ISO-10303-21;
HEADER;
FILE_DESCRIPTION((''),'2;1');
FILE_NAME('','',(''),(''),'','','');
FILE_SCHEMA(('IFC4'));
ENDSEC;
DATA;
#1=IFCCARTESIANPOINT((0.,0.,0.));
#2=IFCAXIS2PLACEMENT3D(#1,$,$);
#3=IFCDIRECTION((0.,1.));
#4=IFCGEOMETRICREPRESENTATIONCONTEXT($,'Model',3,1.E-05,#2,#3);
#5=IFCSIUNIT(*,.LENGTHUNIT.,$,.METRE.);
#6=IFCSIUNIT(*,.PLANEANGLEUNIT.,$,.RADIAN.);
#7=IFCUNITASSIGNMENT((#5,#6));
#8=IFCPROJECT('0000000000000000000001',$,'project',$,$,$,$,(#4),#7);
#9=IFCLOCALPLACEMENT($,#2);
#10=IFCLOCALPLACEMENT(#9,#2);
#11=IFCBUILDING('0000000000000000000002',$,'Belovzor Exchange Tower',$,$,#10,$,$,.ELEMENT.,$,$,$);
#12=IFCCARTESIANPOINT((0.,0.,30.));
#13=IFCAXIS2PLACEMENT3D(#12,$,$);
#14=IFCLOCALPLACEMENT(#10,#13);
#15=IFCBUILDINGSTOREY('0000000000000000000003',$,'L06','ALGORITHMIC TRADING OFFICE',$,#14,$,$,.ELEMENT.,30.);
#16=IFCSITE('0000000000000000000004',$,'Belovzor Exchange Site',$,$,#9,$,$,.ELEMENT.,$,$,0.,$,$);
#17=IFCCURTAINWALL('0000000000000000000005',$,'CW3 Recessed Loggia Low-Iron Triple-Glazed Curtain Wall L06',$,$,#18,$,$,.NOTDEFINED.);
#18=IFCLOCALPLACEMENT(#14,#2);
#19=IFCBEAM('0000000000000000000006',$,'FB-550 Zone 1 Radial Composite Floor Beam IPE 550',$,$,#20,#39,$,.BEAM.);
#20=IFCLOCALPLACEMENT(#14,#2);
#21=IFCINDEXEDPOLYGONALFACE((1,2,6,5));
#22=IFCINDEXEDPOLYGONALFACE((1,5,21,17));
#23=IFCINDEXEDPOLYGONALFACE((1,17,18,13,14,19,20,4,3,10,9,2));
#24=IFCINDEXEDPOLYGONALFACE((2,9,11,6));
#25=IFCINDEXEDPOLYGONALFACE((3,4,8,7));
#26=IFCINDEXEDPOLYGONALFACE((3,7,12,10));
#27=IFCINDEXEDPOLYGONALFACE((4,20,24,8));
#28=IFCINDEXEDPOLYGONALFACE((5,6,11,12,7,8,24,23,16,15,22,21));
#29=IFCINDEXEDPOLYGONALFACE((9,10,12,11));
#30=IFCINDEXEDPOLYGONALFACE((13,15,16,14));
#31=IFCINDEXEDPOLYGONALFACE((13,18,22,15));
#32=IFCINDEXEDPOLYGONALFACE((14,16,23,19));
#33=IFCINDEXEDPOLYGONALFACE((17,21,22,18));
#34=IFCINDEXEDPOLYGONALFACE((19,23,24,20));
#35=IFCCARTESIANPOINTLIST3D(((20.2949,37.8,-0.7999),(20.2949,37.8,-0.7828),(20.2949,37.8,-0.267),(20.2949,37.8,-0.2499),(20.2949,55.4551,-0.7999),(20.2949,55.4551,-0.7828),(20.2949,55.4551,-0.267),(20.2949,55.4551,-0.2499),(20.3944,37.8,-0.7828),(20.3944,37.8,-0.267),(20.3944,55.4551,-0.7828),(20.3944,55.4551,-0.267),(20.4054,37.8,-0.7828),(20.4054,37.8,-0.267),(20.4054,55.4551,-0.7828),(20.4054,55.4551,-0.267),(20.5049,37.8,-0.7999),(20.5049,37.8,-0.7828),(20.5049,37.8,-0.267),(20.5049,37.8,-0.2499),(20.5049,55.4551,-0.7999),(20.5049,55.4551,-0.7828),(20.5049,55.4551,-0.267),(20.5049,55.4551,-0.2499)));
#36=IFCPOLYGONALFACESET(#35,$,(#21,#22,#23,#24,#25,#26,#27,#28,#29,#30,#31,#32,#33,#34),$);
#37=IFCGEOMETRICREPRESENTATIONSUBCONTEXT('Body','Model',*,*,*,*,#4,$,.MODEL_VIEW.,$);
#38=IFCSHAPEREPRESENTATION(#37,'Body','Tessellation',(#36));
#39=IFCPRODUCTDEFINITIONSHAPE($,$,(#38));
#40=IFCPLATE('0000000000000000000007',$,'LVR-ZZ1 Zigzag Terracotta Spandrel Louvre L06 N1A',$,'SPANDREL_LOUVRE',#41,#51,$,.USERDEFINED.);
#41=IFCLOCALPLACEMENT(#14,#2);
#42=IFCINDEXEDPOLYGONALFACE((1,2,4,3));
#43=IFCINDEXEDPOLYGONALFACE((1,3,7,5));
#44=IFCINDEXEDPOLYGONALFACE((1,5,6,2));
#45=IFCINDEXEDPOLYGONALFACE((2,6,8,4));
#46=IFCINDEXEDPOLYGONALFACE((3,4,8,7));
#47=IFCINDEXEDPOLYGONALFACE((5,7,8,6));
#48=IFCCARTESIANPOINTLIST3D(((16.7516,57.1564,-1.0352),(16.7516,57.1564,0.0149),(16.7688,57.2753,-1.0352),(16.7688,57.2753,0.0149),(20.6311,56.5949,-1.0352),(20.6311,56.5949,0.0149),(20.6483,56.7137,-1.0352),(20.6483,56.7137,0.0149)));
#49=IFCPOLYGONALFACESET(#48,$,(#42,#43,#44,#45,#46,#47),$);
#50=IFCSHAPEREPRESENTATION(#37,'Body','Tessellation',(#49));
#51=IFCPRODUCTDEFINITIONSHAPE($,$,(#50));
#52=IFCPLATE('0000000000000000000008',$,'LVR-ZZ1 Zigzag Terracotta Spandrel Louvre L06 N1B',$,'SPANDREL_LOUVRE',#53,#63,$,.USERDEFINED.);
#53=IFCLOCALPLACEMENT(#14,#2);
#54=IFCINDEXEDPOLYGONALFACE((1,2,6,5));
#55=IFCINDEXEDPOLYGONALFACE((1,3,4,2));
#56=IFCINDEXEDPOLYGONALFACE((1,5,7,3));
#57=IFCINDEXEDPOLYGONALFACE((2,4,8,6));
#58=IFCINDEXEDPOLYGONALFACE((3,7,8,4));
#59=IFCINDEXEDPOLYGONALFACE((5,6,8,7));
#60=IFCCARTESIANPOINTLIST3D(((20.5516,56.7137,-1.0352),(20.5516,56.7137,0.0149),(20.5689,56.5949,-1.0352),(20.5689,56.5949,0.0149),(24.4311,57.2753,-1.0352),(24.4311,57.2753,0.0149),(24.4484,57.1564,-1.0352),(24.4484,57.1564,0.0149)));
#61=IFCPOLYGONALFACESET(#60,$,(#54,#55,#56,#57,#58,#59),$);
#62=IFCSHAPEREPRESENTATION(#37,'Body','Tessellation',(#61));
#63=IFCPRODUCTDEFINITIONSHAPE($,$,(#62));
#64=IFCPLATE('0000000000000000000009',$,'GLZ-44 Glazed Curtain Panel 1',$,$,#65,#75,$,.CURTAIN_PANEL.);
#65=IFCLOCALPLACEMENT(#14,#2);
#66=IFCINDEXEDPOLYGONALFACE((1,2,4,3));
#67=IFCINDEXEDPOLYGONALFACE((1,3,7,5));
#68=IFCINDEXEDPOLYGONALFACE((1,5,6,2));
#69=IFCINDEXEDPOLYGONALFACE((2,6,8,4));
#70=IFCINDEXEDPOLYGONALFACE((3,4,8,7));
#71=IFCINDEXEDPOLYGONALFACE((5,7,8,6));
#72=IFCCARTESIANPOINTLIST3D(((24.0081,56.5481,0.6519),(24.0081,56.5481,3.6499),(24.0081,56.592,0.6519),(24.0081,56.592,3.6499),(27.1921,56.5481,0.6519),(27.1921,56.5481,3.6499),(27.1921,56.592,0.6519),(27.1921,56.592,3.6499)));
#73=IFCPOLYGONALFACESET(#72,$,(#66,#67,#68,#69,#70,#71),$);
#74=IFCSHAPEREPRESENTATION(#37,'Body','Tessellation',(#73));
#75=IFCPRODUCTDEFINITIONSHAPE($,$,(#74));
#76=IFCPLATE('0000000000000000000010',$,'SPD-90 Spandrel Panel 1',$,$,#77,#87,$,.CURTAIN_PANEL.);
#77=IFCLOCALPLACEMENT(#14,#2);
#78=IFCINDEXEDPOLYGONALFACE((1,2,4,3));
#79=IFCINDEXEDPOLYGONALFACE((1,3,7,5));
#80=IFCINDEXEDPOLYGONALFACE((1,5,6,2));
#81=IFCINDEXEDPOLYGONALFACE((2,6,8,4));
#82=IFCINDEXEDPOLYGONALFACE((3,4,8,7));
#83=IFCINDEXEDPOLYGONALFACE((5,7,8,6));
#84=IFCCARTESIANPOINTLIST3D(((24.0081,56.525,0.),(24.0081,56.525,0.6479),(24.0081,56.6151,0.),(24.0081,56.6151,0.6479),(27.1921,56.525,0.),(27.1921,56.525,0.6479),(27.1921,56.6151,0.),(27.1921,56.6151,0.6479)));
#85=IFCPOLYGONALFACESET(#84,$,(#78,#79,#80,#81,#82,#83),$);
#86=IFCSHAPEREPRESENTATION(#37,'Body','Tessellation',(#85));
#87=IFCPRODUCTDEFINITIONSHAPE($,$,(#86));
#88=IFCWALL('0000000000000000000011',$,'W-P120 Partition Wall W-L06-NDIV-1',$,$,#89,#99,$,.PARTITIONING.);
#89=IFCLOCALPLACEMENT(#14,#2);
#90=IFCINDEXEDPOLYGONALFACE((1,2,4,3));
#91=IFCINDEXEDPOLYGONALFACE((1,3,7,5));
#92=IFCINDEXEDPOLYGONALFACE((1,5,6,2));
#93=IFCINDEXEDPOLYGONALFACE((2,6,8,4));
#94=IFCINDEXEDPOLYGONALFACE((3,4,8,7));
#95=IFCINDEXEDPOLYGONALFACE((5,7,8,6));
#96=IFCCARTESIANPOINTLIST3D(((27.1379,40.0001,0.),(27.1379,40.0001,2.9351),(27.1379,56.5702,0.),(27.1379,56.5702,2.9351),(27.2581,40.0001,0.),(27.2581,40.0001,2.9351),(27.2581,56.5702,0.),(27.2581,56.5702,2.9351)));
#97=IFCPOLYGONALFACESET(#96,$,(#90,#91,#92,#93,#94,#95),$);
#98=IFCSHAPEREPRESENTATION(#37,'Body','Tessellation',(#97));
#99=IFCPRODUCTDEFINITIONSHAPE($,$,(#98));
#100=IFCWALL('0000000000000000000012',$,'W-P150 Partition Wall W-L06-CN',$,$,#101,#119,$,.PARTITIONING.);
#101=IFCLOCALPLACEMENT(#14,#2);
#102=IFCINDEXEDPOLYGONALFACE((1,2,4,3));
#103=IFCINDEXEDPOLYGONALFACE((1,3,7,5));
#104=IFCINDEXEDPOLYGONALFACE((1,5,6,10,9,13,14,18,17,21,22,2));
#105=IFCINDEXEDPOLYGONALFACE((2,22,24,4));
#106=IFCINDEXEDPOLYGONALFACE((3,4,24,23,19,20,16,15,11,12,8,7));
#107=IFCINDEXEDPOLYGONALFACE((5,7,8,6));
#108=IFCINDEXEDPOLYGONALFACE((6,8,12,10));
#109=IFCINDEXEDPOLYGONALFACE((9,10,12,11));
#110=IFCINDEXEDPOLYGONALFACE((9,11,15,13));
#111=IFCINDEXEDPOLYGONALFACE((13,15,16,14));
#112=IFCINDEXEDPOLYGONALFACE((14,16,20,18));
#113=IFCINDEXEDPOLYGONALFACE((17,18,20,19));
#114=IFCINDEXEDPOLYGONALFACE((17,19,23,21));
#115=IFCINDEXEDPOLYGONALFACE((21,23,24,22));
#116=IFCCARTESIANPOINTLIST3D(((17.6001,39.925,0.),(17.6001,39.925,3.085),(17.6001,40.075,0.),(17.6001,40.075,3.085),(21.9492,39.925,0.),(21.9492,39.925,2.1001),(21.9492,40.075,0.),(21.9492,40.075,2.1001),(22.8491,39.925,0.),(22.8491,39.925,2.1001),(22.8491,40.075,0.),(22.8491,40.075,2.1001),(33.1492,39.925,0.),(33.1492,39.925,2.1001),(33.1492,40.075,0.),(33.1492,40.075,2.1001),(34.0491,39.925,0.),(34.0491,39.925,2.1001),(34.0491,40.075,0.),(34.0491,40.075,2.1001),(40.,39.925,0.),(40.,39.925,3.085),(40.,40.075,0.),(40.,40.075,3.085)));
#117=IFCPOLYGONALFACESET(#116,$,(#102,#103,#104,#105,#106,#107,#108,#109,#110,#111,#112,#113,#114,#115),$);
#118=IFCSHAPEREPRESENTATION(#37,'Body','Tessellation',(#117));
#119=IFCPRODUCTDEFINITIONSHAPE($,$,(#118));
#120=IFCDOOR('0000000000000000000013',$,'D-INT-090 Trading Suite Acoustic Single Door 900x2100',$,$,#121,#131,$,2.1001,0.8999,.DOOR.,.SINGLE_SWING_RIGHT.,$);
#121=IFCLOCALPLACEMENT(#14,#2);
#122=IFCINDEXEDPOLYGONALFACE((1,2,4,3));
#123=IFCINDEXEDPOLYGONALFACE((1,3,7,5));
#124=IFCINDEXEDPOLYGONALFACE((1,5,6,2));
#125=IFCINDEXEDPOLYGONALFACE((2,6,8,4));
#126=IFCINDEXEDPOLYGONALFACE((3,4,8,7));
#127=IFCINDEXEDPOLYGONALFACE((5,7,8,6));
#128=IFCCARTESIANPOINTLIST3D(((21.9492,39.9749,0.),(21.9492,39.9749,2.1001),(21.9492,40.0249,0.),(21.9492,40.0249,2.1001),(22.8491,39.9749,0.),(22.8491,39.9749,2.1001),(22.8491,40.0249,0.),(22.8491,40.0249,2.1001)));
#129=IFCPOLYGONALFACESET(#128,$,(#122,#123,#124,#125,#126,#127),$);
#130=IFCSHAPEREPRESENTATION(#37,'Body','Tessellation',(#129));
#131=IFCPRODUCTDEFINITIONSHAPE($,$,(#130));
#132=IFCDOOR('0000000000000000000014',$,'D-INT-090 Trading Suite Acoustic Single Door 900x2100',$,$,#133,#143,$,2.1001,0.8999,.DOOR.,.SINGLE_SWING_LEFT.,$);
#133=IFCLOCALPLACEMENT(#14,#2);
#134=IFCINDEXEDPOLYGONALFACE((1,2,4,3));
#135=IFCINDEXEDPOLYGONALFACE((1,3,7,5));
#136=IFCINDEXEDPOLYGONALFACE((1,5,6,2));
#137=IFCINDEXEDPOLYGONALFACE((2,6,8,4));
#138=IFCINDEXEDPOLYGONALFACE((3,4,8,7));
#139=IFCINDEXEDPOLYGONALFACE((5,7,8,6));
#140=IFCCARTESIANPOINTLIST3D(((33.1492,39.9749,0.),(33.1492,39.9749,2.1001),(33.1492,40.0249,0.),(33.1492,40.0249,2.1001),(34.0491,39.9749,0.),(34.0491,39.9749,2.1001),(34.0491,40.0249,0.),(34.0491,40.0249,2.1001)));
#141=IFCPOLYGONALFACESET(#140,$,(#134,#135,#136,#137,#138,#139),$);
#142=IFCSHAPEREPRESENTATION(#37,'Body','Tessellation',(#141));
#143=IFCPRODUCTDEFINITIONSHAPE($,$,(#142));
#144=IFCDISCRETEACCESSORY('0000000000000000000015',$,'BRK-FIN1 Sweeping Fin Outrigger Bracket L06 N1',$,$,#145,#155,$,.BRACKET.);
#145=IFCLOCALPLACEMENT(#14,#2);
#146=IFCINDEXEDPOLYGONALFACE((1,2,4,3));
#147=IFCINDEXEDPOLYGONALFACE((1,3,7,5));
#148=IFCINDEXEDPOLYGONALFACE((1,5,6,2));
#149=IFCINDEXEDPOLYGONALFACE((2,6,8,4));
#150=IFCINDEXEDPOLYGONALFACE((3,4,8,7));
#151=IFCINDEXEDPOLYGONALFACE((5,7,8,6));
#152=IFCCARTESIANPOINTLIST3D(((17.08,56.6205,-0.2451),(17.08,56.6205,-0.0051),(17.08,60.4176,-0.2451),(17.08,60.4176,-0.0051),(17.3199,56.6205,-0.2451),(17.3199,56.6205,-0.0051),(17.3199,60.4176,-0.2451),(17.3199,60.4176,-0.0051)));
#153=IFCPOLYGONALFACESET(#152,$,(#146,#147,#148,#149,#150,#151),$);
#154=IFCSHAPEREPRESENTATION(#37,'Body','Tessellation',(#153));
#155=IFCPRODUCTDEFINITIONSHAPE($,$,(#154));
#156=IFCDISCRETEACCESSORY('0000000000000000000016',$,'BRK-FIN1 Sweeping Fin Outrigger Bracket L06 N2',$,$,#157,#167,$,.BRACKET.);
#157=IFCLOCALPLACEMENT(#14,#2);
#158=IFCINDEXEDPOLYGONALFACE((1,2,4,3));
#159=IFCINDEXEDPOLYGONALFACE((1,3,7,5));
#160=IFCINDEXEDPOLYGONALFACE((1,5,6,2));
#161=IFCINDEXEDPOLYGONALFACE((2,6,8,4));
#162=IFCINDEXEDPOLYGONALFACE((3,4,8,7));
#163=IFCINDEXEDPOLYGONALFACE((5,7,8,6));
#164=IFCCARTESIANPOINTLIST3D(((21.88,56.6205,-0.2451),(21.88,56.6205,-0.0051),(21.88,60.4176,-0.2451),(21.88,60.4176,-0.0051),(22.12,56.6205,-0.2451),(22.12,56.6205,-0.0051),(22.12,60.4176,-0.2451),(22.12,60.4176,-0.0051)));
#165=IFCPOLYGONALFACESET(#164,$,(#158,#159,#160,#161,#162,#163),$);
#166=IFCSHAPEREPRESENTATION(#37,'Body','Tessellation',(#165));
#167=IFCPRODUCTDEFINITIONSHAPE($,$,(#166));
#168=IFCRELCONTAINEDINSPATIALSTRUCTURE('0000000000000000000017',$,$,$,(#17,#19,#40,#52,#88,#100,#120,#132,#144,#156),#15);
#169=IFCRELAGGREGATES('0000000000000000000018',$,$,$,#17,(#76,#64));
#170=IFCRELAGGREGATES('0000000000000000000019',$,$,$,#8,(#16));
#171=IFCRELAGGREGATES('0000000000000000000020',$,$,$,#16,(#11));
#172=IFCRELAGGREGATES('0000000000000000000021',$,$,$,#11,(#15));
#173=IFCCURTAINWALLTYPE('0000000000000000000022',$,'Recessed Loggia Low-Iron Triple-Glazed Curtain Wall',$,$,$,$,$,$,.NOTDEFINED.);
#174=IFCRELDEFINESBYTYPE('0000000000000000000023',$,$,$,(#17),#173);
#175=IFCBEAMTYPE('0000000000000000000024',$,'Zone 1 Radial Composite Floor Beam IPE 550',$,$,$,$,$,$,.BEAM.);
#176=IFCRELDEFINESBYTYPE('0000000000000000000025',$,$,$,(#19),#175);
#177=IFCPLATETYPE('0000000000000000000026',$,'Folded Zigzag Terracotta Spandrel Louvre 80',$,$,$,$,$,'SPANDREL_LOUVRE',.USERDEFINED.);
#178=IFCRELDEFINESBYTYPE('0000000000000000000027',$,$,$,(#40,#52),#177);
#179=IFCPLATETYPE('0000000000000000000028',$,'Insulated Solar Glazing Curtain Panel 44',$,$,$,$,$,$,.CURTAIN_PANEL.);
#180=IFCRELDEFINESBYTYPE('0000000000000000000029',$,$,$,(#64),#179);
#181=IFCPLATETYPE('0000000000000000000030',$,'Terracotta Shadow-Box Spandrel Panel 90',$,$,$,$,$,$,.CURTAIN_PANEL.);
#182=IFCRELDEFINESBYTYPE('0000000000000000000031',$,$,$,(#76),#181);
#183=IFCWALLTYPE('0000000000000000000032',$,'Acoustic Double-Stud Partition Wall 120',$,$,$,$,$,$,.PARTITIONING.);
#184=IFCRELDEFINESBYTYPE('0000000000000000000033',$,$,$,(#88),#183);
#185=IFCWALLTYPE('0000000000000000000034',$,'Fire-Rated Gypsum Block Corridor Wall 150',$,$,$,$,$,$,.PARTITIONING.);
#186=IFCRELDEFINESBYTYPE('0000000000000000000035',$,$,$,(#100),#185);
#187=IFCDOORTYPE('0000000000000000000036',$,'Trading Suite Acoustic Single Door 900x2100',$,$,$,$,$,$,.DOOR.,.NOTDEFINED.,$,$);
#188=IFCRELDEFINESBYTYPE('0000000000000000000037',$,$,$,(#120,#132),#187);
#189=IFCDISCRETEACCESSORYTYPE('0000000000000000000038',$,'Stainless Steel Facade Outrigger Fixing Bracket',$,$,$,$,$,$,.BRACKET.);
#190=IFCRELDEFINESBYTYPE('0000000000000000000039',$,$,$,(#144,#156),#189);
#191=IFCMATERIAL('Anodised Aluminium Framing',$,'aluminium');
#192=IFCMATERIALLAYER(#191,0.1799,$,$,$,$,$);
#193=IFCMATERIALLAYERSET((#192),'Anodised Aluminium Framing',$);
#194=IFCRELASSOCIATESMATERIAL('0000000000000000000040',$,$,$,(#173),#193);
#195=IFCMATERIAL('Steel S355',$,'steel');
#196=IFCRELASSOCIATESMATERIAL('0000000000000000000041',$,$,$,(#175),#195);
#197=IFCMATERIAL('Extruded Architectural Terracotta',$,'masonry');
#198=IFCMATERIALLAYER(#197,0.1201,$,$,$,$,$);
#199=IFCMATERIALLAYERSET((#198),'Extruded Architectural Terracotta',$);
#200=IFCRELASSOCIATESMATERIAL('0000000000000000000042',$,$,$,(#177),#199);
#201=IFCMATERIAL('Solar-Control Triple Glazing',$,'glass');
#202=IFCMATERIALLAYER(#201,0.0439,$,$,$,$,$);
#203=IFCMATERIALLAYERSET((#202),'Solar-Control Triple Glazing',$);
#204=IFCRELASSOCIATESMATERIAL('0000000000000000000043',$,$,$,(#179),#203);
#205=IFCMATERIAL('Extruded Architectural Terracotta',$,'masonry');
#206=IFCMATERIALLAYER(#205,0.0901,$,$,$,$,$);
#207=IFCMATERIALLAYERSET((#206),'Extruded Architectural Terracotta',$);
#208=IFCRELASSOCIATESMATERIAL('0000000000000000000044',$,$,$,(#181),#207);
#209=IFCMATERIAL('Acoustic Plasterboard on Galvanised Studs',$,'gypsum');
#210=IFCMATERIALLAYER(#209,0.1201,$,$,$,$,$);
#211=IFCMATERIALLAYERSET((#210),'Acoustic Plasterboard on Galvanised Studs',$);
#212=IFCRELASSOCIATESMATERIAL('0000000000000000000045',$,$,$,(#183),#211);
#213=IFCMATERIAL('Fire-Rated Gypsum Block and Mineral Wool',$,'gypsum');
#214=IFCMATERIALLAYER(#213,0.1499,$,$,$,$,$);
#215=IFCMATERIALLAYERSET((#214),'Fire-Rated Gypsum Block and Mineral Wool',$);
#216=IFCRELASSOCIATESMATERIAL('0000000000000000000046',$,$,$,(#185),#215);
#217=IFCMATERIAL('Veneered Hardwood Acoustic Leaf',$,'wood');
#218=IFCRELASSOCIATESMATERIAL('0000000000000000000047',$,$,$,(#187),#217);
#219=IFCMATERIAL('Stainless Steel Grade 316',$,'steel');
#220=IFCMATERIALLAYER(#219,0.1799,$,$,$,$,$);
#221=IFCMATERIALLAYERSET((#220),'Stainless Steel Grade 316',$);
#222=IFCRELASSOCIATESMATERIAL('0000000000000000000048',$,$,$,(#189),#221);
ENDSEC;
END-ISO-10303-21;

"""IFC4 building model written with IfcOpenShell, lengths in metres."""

from ifc_helpers import new_model, si_unit, direction, frame, frame_2d, origin, origin_2d, place, context, subcontext, project, spatial, rectangle, i_section, extrude, material, layer, layer_set, material_profile, profile_set, type_object, element, fill, aggregate, save


model = new_model("IFC4")

# Units and contexts
model_context = context("Model", 3, precision=1e-05, world=origin(), true_north=direction((0.0, 1.0)))
body_context = subcontext(model_context, "Body", "Model", "MODEL_VIEW")
ifc_project = project(units=[si_unit("LENGTHUNIT", "METRE"), si_unit("PLANEANGLEUNIT", "RADIAN")], contexts=[model_context])

# Site, building, storey
site_placement = place(None, origin())
site = spatial("IfcSite", under=ifc_project, at=site_placement, Name="Belovzor Exchange Site", CompositionType="ELEMENT", RefElevation=0.0)
building_placement = place(site_placement, origin())
building = spatial("IfcBuilding", under=site, at=building_placement, Name="Belovzor Exchange Tower", CompositionType="ELEMENT")
storey_placement = place(building_placement, frame((0.0, 0.0, 30.0)))
storey = spatial("IfcBuildingStorey", under=building, at=storey_placement, Name="L06", Description="ALGORITHMIC TRADING OFFICE", CompositionType="ELEMENT", Elevation=30.0)

# Curtain wall
ifc_material_1 = material(Name="Anodised Aluminium Framing", Category="aluminium")
ifc_layer_1 = layer(ifc_material_1, 0.1799)
ifc_layer_set_1 = layer_set([ifc_layer_1], Name="Anodised Aluminium Framing")
curtain_wall_type = type_object("IfcCurtainWallType", Name="Recessed Loggia Low-Iron Triple-Glazed Curtain Wall", PredefinedType="NOTDEFINED", material=ifc_layer_set_1)
curtain_wall_placement = place(storey_placement, origin())
curtain_wall = element("IfcCurtainWall", 1, at=curtain_wall_placement, inside=storey, type_object=curtain_wall_type, Name="CW3 Recessed Loggia Low-Iron Triple-Glazed Curtain Wall L06", PredefinedType="NOTDEFINED")

# Beam
ifc_material_2 = material(Name="Steel S355", Category="steel")
ifc_material_profile_1 = material_profile(ifc_material_2, i_section(OverallWidth=0.21, OverallDepth=0.55, WebThickness=0.011, FlangeThickness=0.0171, at=origin_2d()))
ifc_profile_set_1 = profile_set([ifc_material_profile_1], Name="Steel S355")
beam_type_1 = type_object("IfcBeamType", Name="Zone 1 Radial Composite Floor Beam IPE 550", PredefinedType="BEAM", material=ifc_profile_set_1)
beam_1_placement = place(storey_placement, frame((20.3999, 37.8, -0.5249), z_axis=(0.0, 1.0, 0.0), x_axis=(-1.0, 0.0, 0.0)))
element("IfcBeam", 2, at=beam_1_placement, inside=storey, type_object=beam_type_1, Name="FB-550 Zone 1 Radial Composite Floor Beam IPE 550", PredefinedType="BEAM", context=body_context, shape_type="SweptSolid", body=[
    extrude(i_section(OverallWidth=0.21, OverallDepth=0.55, WebThickness=0.011, FlangeThickness=0.0171, at=origin_2d()), origin(), (0.0, 0.0, 1.0), 17.655),
])

# Plates
ifc_material_3 = material(Name="Extruded Architectural Terracotta", Category="masonry")
ifc_layer_2 = layer(ifc_material_3, 0.1201)
ifc_layer_set_2 = layer_set([ifc_layer_2], Name="Extruded Architectural Terracotta")
plate_type_1 = type_object("IfcPlateType", Name="Folded Zigzag Terracotta Spandrel Louvre 80", ElementType="SPANDREL_LOUVRE", PredefinedType="USERDEFINED", material=ifc_layer_set_2)
for number, where, z_axis, x_axis, name in (
    (3, (18.7, 56.9351, -1.0352), (0.0, 0.0, 1.0), (0.989686, -0.143251, 0.0), "LVR-ZZ1 Zigzag Terracotta Spandrel Louvre L06 N1A"),
    (4, (22.5, 56.9351, -1.0352), (0.0, 0.0, 1.0), (0.989686, 0.143251, 0.0), "LVR-ZZ1 Zigzag Terracotta Spandrel Louvre L06 N1B"),
):
    element("IfcPlate", number, at=place(storey_placement, frame(where, z_axis=z_axis, x_axis=x_axis)), inside=storey, type_object=plate_type_1, Name=name, ObjectType="SPANDREL_LOUVRE", PredefinedType="USERDEFINED", context=body_context, shape_type="SweptSolid", body=[
        extrude(rectangle(XDim=3.9199, YDim=0.1201, at=origin_2d()), origin(), (0.0, 0.0, 1.0), 1.05),
    ])

# Plates
ifc_material_4 = material(Name="Solar-Control Triple Glazing", Category="glass")
ifc_layer_3 = layer(ifc_material_4, 0.0439)
ifc_layer_set_3 = layer_set([ifc_layer_3], Name="Solar-Control Triple Glazing")
plate_type_2 = type_object("IfcPlateType", Name="Insulated Solar Glazing Curtain Panel 44", PredefinedType="CURTAIN_PANEL", material=ifc_layer_set_3)
plate_1_placement = place(storey_placement, frame((25.6001, 56.5701, 0.6519), z_axis=(0.0, 0.0, 1.0), x_axis=(1.0, 0.0, 0.0)))
plate_1 = element("IfcPlate", 5, at=plate_1_placement, type_object=plate_type_2, Name="GLZ-44 Glazed Curtain Panel 1", PredefinedType="CURTAIN_PANEL", context=body_context, shape_type="SweptSolid", body=[
    extrude(rectangle(XDim=3.1841, YDim=0.0439, at=origin_2d()), origin(), (0.0, 0.0, 1.0), 2.998),
])
ifc_material_5 = material(Name="Extruded Architectural Terracotta", Category="masonry")
ifc_layer_4 = layer(ifc_material_5, 0.0901)
ifc_layer_set_4 = layer_set([ifc_layer_4], Name="Extruded Architectural Terracotta")
plate_type_3 = type_object("IfcPlateType", Name="Terracotta Shadow-Box Spandrel Panel 90", PredefinedType="CURTAIN_PANEL", material=ifc_layer_set_4)
plate_2_placement = place(storey_placement, frame((25.6001, 56.5701, 0.0), z_axis=(0.0, 0.0, 1.0), x_axis=(1.0, 0.0, 0.0)))
plate_2 = element("IfcPlate", 6, at=plate_2_placement, type_object=plate_type_3, Name="SPD-90 Spandrel Panel 1", PredefinedType="CURTAIN_PANEL", context=body_context, shape_type="SweptSolid", body=[
    extrude(rectangle(XDim=3.1841, YDim=0.0901, at=origin_2d()), origin(), (0.0, 0.0, 1.0), 0.6479),
])
aggregate(curtain_wall, [plate_2, plate_1])

# Wall
ifc_material_6 = material(Name="Acoustic Plasterboard on Galvanised Studs", Category="gypsum")
ifc_layer_5 = layer(ifc_material_6, 0.1201)
ifc_layer_set_5 = layer_set([ifc_layer_5], Name="Acoustic Plasterboard on Galvanised Studs")
wall_type_1 = type_object("IfcWallType", Name="Acoustic Double-Stud Partition Wall 120", PredefinedType="PARTITIONING", material=ifc_layer_set_5)
wall_1_placement = place(storey_placement, frame((27.198, 40.0, 0.0), z_axis=(0.0, 0.0, 1.0), x_axis=(0.0, 1.0, 0.0)))
element("IfcWall", 7, at=wall_1_placement, inside=storey, type_object=wall_type_1, Name="W-P120 Partition Wall W-L06-NDIV-1", PredefinedType="PARTITIONING", context=body_context, shape_type="SweptSolid", body=[
    extrude(rectangle(XDim=16.5701, YDim=0.1201, at=frame_2d((8.2852, 0.0))), origin(), (0.0, 0.0, 1.0), 2.9351),
])

# Wall, openings, doors
ifc_material_7 = material(Name="Fire-Rated Gypsum Block and Mineral Wool", Category="gypsum")
ifc_layer_6 = layer(ifc_material_7, 0.1499)
ifc_layer_set_6 = layer_set([ifc_layer_6], Name="Fire-Rated Gypsum Block and Mineral Wool")
wall_type_2 = type_object("IfcWallType", Name="Fire-Rated Gypsum Block Corridor Wall 150", PredefinedType="PARTITIONING", material=ifc_layer_set_6)
wall_2_placement = place(storey_placement, frame((17.6001, 40.0, 0.0), z_axis=(0.0, 0.0, 1.0), x_axis=(1.0, 0.0, 0.0)))
wall_2 = element("IfcWall", 8, at=wall_2_placement, inside=storey, type_object=wall_type_2, Name="W-P150 Partition Wall W-L06-CN", PredefinedType="PARTITIONING", context=body_context, shape_type="SweptSolid", body=[
    extrude(rectangle(XDim=22.3999, YDim=0.1499, at=frame_2d((11.2, 0.0))), origin(), (0.0, 0.0, 1.0), 3.085),
])
opening_1_placement = place(wall_2_placement, frame((4.3491, 0.0, 0.0)))
opening_1 = element("IfcOpeningElement", 9, at=opening_1_placement, cuts=wall_2, PredefinedType="OPENING", context=body_context, shape_type="SweptSolid", body=[
    extrude(rectangle(XDim=0.8999, YDim=2.1001, at=frame_2d((0.45, 1.05))), frame((0.0, 0.085, 0.0), z_axis=(0.0, -1.0, 0.0), x_axis=(1.0, 0.0, 0.0)), (0.0, 0.0, 1.0), 0.1699),
])
opening_2_placement = place(wall_2_placement, frame((15.5491, 0.0, 0.0)))
opening_2 = element("IfcOpeningElement", 10, at=opening_2_placement, cuts=wall_2, PredefinedType="OPENING", context=body_context, shape_type="SweptSolid", body=[
    extrude(rectangle(XDim=0.8999, YDim=2.1001, at=frame_2d((0.45, 1.05))), frame((0.0, 0.085, 0.0), z_axis=(0.0, -1.0, 0.0), x_axis=(1.0, 0.0, 0.0)), (0.0, 0.0, 1.0), 0.1699),
])
ifc_material_8 = material(Name="Veneered Hardwood Acoustic Leaf", Category="wood")
door_type_1 = type_object("IfcDoorType", Name="Trading Suite Acoustic Single Door 900x2100", OperationType="NOTDEFINED", PredefinedType="DOOR", material=ifc_material_8)
door_1_placement = place(opening_1_placement, origin())
door_1 = element("IfcDoor", 11, at=door_1_placement, inside=storey, type_object=door_type_1, Name="D-INT-090 Trading Suite Acoustic Single Door 900x2100", OperationType="SINGLE_SWING_RIGHT", OverallHeight=2.1001, OverallWidth=0.8999, PredefinedType="DOOR", context=body_context, shape_type="SweptSolid", body=[
    extrude(rectangle(XDim=0.8999, YDim=2.1001, at=frame_2d((0.45, 1.05))), frame((0.0, 0.0249, 0.0), z_axis=(0.0, -1.0, 0.0), x_axis=(1.0, 0.0, 0.0)), (0.0, 0.0, 1.0), 0.05),
])
fill(opening_1, door_1)
door_2_placement = place(opening_2_placement, origin())
door_2 = element("IfcDoor", 12, at=door_2_placement, inside=storey, type_object=door_type_1, Name="D-INT-090 Trading Suite Acoustic Single Door 900x2100", OperationType="SINGLE_SWING_LEFT", OverallHeight=2.1001, OverallWidth=0.8999, PredefinedType="DOOR", context=body_context, shape_type="SweptSolid", body=[
    extrude(rectangle(XDim=0.8999, YDim=2.1001, at=frame_2d((0.45, 1.05))), frame((0.0, 0.0249, 0.0), z_axis=(0.0, -1.0, 0.0), x_axis=(1.0, 0.0, 0.0)), (0.0, 0.0, 1.0), 0.05),
])
fill(opening_2, door_2)

# Discrete accessories
ifc_material_9 = material(Name="Stainless Steel Grade 316", Category="steel")
ifc_layer_7 = layer(ifc_material_9, 0.1799)
ifc_layer_set_7 = layer_set([ifc_layer_7], Name="Stainless Steel Grade 316")
discrete_accessory_type = type_object("IfcDiscreteAccessoryType", Name="Stainless Steel Facade Outrigger Fixing Bracket", PredefinedType="BRACKET", material=ifc_layer_set_7)
for number, where, z_axis, x_axis, name in (
    (13, (17.2, 58.519, -0.2451), (0.0, 0.0, 1.0), (0.0, 1.0, 0.0), "BRK-FIN1 Sweeping Fin Outrigger Bracket L06 N1"),
    (14, (22.0, 58.519, -0.2451), (0.0, 0.0, 1.0), (0.0, 1.0, 0.0), "BRK-FIN1 Sweeping Fin Outrigger Bracket L06 N2"),
):
    element("IfcDiscreteAccessory", number, at=place(storey_placement, frame(where, z_axis=z_axis, x_axis=x_axis)), inside=storey, type_object=discrete_accessory_type, Name=name, PredefinedType="BRACKET", context=body_context, shape_type="SweptSolid", body=[
        extrude(rectangle(XDim=3.7971, YDim=0.24, at=origin_2d()), origin(), (0.0, 0.0, 1.0), 0.24),
    ])

save(model, "model.ifc")
